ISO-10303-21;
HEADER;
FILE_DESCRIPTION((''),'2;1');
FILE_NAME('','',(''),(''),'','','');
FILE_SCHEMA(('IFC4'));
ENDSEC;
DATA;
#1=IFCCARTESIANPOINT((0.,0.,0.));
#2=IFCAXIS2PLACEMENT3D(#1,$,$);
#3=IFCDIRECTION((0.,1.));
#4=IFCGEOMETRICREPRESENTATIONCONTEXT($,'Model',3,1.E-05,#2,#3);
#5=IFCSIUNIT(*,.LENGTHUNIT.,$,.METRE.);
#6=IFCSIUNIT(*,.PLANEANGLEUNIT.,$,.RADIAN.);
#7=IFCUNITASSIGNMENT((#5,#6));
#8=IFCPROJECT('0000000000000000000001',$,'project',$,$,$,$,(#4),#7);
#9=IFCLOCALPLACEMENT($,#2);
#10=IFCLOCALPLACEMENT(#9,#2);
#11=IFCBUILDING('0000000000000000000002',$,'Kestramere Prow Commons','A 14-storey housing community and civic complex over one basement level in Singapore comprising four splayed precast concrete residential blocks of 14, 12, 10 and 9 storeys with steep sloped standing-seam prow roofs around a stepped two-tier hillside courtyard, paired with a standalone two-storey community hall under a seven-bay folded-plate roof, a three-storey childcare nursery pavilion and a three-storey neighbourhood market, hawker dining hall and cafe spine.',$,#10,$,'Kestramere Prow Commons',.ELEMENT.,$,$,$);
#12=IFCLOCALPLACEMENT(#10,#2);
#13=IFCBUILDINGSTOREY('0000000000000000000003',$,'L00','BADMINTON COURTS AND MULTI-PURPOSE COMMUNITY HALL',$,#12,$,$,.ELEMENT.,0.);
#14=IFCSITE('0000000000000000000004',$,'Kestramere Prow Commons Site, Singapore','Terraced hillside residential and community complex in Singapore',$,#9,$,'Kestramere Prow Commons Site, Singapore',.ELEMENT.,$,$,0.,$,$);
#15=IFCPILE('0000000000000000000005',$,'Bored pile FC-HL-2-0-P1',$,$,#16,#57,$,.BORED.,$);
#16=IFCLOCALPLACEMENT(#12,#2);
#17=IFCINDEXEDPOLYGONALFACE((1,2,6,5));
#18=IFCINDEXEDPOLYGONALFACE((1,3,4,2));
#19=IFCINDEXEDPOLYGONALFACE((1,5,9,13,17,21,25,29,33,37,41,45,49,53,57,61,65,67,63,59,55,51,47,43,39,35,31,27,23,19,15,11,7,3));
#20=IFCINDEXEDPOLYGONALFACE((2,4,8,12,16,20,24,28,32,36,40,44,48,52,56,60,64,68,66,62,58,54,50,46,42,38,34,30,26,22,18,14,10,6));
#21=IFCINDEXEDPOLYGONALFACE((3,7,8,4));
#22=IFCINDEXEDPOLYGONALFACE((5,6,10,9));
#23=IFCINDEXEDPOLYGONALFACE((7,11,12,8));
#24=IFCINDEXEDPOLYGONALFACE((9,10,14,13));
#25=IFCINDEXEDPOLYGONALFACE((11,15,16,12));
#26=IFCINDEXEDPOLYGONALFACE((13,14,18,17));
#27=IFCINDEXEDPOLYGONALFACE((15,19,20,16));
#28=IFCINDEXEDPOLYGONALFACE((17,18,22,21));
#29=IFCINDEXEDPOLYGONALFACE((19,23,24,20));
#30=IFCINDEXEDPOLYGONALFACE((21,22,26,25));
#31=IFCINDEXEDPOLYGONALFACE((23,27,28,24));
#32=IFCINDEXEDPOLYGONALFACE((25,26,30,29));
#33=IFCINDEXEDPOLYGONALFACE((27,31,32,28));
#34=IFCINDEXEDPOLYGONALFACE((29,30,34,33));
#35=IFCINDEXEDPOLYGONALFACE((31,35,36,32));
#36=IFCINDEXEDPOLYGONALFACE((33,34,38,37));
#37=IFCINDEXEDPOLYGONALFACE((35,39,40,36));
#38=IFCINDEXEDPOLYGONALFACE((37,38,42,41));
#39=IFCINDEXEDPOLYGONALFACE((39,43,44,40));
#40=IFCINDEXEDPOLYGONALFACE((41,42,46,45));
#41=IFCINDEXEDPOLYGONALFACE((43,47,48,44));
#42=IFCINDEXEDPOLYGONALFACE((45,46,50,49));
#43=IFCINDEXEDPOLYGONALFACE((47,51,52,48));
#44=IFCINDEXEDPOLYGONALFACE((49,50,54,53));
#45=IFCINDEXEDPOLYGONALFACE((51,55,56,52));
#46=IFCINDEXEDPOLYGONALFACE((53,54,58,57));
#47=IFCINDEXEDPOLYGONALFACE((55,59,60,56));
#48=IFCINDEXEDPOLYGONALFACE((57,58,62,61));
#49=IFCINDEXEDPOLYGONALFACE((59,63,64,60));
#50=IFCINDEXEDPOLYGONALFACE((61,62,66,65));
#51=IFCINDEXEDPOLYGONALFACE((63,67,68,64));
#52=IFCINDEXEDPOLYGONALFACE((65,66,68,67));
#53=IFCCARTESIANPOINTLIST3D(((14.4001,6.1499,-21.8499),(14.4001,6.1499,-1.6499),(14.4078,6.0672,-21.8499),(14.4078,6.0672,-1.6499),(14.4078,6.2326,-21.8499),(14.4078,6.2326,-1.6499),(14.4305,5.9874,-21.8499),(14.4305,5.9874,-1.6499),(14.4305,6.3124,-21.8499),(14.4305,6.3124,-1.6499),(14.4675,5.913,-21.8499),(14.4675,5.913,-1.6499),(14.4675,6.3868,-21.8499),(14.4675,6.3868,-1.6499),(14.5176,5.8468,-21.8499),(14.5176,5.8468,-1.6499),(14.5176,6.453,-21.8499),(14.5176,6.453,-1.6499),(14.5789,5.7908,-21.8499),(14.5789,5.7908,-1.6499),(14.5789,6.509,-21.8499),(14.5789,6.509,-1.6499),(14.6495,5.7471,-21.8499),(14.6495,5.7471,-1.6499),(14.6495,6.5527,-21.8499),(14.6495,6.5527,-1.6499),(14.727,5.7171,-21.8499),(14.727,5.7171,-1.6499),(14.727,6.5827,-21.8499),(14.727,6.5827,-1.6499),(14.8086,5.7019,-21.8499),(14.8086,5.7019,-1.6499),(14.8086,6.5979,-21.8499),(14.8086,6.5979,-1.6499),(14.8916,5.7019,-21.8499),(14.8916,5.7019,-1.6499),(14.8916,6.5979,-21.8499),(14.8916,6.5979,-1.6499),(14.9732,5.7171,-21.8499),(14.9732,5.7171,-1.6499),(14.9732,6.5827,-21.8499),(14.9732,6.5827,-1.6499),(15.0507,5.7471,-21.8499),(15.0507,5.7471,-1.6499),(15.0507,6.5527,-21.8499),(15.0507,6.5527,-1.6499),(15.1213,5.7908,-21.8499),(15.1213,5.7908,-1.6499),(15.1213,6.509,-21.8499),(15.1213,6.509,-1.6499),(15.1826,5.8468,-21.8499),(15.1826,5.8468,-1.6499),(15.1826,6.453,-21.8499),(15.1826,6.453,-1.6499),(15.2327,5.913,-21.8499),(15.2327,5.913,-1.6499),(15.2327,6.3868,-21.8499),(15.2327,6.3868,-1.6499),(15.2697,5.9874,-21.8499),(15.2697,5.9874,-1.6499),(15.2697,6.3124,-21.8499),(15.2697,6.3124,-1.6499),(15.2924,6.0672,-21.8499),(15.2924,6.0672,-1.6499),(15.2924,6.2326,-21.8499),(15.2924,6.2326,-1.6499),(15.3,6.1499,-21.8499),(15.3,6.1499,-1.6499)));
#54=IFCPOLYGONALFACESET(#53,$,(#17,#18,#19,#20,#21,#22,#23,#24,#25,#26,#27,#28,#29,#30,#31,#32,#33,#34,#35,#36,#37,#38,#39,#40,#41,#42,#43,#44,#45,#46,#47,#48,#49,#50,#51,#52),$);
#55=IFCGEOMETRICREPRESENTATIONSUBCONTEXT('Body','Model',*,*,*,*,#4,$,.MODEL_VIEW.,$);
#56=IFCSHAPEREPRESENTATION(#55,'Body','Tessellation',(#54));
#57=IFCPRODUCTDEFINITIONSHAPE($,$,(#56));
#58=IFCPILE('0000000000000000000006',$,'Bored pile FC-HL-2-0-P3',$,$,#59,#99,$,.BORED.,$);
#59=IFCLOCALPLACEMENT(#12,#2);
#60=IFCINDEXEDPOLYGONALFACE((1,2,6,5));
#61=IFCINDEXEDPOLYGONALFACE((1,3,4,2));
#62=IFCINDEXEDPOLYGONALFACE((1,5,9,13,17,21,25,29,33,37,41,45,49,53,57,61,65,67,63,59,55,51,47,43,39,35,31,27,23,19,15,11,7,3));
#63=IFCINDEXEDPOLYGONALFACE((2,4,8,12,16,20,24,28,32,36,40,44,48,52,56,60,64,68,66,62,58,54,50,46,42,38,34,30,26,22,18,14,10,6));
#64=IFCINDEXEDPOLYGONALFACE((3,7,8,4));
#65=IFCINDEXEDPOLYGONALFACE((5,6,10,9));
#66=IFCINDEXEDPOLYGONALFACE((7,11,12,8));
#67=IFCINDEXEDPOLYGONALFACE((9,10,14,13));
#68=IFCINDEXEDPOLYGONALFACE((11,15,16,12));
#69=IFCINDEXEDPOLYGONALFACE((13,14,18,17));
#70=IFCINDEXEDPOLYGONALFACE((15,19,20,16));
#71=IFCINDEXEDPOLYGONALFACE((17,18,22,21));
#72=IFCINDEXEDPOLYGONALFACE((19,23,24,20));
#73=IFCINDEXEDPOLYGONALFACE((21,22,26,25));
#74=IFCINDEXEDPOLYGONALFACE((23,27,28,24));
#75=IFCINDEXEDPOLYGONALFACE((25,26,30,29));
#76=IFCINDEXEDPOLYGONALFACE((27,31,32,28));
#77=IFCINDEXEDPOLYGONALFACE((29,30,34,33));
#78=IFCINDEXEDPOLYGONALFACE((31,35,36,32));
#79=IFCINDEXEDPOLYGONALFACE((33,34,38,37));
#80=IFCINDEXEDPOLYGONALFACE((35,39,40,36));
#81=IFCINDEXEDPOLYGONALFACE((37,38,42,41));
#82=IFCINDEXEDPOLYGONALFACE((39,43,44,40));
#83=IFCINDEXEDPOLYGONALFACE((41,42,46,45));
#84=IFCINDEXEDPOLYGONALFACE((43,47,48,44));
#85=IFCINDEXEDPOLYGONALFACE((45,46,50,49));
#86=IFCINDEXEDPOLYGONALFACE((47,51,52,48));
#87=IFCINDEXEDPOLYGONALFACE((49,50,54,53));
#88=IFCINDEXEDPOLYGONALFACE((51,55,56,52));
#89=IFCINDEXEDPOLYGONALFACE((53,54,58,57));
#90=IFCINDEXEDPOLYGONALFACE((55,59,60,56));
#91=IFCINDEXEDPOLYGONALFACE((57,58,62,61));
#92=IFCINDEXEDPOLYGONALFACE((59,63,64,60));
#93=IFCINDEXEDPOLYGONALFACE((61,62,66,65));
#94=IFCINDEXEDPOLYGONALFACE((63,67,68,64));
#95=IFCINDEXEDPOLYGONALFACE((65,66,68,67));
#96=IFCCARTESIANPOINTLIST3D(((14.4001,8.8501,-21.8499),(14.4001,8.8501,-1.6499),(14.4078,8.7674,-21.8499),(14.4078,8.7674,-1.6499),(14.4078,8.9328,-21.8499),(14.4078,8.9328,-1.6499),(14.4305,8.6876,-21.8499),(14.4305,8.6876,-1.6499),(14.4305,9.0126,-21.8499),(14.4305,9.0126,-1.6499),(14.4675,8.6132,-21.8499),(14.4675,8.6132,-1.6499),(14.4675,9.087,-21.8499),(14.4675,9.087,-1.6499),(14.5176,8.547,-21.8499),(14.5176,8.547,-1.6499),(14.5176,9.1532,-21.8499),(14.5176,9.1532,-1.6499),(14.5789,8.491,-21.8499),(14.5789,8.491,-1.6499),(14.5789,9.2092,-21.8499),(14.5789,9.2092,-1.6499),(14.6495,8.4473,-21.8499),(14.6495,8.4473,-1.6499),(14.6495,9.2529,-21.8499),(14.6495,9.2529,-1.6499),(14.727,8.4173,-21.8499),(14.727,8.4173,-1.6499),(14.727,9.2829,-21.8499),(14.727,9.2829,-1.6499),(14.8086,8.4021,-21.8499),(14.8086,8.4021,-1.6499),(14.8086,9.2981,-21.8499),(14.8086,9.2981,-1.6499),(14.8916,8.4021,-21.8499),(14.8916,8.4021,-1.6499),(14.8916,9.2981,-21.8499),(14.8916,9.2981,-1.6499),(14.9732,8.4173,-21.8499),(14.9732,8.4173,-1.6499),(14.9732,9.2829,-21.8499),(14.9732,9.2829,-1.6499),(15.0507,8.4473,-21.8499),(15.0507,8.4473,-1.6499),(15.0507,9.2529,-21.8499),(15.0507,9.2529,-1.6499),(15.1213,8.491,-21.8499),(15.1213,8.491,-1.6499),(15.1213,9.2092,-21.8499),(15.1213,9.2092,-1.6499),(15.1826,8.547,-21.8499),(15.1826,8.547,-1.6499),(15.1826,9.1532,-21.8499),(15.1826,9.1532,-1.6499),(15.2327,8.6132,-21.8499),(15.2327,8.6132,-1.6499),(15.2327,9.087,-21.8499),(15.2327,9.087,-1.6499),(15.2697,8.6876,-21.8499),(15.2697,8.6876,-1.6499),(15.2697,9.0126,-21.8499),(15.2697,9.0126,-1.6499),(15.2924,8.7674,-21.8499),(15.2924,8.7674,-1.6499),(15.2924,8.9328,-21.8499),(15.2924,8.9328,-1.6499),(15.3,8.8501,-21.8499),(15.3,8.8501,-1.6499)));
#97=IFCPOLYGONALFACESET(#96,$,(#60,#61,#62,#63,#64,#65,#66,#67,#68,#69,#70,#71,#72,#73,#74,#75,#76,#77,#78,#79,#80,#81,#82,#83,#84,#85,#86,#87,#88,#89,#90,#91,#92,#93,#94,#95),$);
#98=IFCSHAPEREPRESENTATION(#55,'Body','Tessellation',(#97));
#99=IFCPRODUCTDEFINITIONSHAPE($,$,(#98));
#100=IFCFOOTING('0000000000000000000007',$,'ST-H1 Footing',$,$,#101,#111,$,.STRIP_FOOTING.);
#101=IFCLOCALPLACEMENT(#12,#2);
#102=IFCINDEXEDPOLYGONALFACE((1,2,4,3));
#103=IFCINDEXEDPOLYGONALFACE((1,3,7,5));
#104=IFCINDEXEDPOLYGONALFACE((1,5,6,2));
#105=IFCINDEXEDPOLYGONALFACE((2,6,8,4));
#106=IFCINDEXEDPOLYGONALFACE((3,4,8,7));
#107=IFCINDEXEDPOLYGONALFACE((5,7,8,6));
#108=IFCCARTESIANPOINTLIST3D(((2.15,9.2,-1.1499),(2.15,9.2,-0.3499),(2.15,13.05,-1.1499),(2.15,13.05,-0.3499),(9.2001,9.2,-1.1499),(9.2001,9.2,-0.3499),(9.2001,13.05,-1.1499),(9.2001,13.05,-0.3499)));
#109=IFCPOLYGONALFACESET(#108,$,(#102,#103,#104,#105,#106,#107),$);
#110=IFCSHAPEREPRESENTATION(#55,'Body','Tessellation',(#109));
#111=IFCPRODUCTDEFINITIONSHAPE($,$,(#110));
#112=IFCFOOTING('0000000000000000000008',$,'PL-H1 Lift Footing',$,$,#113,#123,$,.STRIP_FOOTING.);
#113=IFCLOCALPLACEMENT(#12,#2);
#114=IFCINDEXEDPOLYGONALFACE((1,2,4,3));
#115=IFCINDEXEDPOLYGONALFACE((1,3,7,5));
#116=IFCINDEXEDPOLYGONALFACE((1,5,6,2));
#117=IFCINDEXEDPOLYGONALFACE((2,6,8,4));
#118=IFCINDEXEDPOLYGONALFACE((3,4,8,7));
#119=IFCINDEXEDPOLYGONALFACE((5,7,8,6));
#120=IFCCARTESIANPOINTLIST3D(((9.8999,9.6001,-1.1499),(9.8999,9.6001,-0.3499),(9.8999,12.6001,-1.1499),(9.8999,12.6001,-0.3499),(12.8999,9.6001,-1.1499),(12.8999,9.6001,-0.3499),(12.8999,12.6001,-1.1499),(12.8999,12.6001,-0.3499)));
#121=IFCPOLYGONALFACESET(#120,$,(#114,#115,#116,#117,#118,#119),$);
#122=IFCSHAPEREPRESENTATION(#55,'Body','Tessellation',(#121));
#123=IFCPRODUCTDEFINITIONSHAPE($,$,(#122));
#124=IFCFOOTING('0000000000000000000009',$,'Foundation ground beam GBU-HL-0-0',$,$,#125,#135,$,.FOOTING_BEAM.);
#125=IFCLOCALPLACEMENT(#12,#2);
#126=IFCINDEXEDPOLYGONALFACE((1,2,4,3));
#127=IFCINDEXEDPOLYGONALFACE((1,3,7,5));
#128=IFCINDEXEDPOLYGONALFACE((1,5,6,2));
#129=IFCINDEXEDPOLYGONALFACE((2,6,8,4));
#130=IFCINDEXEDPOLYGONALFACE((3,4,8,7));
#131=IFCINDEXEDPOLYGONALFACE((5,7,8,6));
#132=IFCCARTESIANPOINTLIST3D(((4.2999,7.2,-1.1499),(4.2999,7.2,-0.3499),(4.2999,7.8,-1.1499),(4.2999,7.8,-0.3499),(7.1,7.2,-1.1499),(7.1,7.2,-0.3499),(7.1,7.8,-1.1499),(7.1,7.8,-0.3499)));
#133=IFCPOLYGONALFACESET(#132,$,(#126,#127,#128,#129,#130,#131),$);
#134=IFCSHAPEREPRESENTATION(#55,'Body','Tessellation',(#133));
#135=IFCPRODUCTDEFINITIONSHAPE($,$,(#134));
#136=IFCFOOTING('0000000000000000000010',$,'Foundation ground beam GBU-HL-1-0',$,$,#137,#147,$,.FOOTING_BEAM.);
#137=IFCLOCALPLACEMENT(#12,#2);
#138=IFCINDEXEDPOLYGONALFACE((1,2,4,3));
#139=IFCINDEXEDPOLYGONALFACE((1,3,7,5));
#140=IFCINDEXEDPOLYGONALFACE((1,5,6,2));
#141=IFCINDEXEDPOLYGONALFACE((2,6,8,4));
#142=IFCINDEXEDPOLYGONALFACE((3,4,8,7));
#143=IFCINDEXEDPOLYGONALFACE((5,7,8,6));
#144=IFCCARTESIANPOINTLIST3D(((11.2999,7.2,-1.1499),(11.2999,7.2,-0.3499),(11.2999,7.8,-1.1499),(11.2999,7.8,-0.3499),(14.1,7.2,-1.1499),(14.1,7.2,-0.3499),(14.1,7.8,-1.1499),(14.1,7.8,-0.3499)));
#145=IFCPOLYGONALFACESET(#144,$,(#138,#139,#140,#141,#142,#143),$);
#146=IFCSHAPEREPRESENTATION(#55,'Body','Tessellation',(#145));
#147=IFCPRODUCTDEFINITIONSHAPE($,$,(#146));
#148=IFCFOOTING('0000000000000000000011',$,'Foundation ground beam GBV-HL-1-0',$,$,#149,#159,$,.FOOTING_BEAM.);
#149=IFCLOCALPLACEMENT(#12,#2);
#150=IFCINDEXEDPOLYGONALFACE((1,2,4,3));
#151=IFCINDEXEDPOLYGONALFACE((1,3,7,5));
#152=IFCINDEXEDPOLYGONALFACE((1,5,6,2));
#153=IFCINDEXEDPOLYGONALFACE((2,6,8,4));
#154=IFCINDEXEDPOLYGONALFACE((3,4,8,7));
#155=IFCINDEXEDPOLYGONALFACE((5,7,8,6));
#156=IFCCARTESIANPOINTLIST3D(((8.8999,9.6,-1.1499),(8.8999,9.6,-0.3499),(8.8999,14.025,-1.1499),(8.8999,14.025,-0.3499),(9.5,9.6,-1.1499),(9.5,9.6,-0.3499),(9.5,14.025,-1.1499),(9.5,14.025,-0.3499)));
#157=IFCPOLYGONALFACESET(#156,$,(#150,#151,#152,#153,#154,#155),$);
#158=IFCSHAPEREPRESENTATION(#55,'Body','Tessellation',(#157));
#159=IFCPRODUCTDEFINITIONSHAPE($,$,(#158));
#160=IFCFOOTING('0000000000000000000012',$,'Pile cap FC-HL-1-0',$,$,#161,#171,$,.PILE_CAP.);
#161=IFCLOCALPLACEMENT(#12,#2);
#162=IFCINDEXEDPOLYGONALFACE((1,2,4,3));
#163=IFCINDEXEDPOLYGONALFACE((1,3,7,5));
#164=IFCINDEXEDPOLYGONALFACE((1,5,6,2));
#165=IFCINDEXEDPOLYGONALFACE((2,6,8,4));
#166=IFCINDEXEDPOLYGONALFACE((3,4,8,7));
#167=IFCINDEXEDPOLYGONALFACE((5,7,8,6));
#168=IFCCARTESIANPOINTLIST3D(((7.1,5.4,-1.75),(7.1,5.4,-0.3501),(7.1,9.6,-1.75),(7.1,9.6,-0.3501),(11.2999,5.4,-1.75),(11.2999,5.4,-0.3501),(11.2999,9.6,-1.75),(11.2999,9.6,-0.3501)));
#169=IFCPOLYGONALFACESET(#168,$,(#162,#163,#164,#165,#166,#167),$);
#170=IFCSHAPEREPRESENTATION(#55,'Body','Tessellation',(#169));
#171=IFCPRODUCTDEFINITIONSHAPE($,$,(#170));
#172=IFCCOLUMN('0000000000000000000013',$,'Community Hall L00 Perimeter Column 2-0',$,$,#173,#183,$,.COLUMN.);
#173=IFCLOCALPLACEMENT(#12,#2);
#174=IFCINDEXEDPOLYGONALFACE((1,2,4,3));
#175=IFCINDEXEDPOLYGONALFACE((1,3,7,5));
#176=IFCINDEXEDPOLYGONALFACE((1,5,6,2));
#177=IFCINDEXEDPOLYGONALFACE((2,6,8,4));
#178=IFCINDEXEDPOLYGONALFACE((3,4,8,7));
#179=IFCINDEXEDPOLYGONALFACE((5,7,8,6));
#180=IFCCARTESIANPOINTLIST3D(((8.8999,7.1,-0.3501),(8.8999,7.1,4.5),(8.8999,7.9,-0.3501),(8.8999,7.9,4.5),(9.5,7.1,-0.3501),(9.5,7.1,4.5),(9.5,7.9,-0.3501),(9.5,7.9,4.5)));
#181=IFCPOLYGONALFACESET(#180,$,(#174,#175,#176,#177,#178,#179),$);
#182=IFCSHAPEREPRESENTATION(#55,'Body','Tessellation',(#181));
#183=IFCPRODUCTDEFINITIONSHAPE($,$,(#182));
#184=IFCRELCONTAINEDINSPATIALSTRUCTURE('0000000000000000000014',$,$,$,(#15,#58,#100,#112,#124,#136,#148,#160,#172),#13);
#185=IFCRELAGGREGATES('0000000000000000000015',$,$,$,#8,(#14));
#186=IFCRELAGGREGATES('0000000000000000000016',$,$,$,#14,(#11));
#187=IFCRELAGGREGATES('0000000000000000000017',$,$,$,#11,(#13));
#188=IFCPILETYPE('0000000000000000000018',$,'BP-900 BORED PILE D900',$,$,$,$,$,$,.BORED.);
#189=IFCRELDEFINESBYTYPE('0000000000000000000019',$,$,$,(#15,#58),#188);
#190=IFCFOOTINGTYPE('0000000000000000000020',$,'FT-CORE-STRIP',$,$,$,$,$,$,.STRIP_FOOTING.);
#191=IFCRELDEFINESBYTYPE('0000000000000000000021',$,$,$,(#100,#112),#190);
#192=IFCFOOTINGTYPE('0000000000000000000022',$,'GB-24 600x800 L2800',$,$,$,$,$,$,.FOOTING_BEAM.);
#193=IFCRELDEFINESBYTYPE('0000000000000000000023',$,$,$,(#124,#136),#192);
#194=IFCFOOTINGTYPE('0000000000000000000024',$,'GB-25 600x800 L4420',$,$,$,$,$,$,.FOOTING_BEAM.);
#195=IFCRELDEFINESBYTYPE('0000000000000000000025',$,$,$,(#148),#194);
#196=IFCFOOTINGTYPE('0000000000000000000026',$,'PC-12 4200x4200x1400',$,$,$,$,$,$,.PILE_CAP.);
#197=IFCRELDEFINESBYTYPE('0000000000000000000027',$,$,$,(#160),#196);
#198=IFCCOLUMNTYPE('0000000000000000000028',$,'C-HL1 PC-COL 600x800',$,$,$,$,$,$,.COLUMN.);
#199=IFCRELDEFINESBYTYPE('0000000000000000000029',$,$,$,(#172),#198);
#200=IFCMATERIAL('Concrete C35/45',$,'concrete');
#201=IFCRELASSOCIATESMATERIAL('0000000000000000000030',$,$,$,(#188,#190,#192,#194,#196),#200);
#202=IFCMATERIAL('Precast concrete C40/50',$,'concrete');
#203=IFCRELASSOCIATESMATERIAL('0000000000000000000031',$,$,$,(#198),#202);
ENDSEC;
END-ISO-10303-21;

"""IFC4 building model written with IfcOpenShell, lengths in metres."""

from ifc_helpers import new_model, si_unit, direction, frame, origin, origin_2d, place, context, subcontext, project, spatial, rectangle, circle, extrude, material, material_profile, profile_set, type_object, element, save


model = new_model("IFC4")

# Units and contexts
model_context = context("Model", 3, precision=1e-05, world=origin(), true_north=direction((0.0, 1.0)))
body_context = subcontext(model_context, "Body", "Model", "MODEL_VIEW")
ifc_project = project(units=[si_unit("LENGTHUNIT", "METRE"), si_unit("PLANEANGLEUNIT", "RADIAN")], contexts=[model_context])

# Site, building, storey
site_placement = place(None, origin())
site = spatial("IfcSite", under=ifc_project, at=site_placement, Name="Kestramere Prow Commons Site, Singapore", Description="Terraced hillside residential and community complex in Singapore", LongName="Kestramere Prow Commons Site, Singapore", CompositionType="ELEMENT", RefElevation=0.0)
building_placement = place(site_placement, origin())
building = spatial("IfcBuilding", under=site, at=building_placement, Name="Kestramere Prow Commons", Description="A 14-storey housing community and civic complex over one basement level in Singapore comprising four splayed precast concrete residential blocks of 14, 12, 10 and 9 storeys with steep sloped standing-seam prow roofs around a stepped two-tier hillside courtyard, paired with a standalone two-storey community hall under a seven-bay folded-plate roof, a three-storey childcare nursery pavilion and a three-storey neighbourhood market, hawker dining hall and cafe spine.", LongName="Kestramere Prow Commons", CompositionType="ELEMENT")
storey_placement = place(building_placement, origin())
storey = spatial("IfcBuildingStorey", under=building, at=storey_placement, Name="L00", Description="BADMINTON COURTS AND MULTI-PURPOSE COMMUNITY HALL", CompositionType="ELEMENT", Elevation=0.0)

# Piles
ifc_material_1 = material(Name="Concrete C35/45", Category="concrete")
ifc_material_profile_1 = material_profile(ifc_material_1, circle(Radius=0.45, at=origin_2d()), Name="BORED PILE D900")
ifc_profile_set_1 = profile_set([ifc_material_profile_1], Name="Concrete C35/45")
pile_type = type_object("IfcPileType", Name="BP-900 BORED PILE D900", PredefinedType="BORED", material=ifc_profile_set_1)
for number, where, z_axis, x_axis, name in (
    (1, (14.8501, 6.1499, -1.6499), (0.0, 0.0, -1.0), (1.0, 0.0, 0.0), "Bored pile FC-HL-2-0-P1"),
    (2, (14.8501, 8.8501, -1.6499), (0.0, 0.0, -1.0), (1.0, 0.0, 0.0), "Bored pile FC-HL-2-0-P3"),
):
    element("IfcPile", number, at=place(storey_placement, frame(where, z_axis=z_axis, x_axis=x_axis)), inside=storey, type_object=pile_type, Name=name, PredefinedType="BORED", context=body_context, shape_type="SweptSolid", body=[
        extrude(circle(Radius=0.45, at=origin_2d()), origin(), (0.0, 0.0, 1.0), 20.2),
    ])

# Footings
footing_type_1 = type_object("IfcFootingType", Name="FT-CORE-STRIP", PredefinedType="STRIP_FOOTING", material=ifc_material_1)
footing_1_placement = place(storey_placement, frame((5.675, 11.125, -1.1499), z_axis=(0.0, 0.0, 1.0), x_axis=(1.0, 0.0, 0.0)))
element("IfcFooting", 3, at=footing_1_placement, inside=storey, type_object=footing_type_1, Name="ST-H1 Footing", PredefinedType="STRIP_FOOTING", context=body_context, shape_type="SweptSolid", body=[
    extrude(rectangle(XDim=7.05, YDim=3.8501, at=origin_2d()), origin(), (0.0, 0.0, 1.0), 0.8),
])
footing_2_placement = place(storey_placement, frame((11.3999, 11.1001, -1.1499), z_axis=(0.0, 0.0, 1.0), x_axis=(1.0, 0.0, 0.0)))
element("IfcFooting", 4, at=footing_2_placement, inside=storey, type_object=footing_type_1, Name="PL-H1 Lift Footing", PredefinedType="STRIP_FOOTING", context=body_context, shape_type="SweptSolid", body=[
    extrude(rectangle(XDim=3.0, YDim=3.0, at=origin_2d()), origin(), (0.0, 0.0, 1.0), 0.8),
])
footing_type_2 = type_object("IfcFootingType", Name="GB-24 600x800 L2800", PredefinedType="FOOTING_BEAM", material=ifc_material_1)
for number, where, z_axis, x_axis, name in (
    (5, (5.7, 7.5, -1.1499), (0.0, 0.0, 1.0), (1.0, 0.0, 0.0), "Foundation ground beam GBU-HL-0-0"),
    (6, (12.7, 7.5, -1.1499), (0.0, 0.0, 1.0), (1.0, 0.0, 0.0), "Foundation ground beam GBU-HL-1-0"),
):
    element("IfcFooting", number, at=place(storey_placement, frame(where, z_axis=z_axis, x_axis=x_axis)), inside=storey, type_object=footing_type_2, Name=name, PredefinedType="FOOTING_BEAM", context=body_context, shape_type="SweptSolid", body=[
        extrude(rectangle(XDim=2.8, YDim=0.6001, at=origin_2d()), origin(), (0.0, 0.0, 1.0), 0.8),
    ])
footing_type_3 = type_object("IfcFootingType", Name="GB-25 600x800 L4420", PredefinedType="FOOTING_BEAM", material=ifc_material_1)
footing_3_placement = place(storey_placement, frame((9.2, 11.8125, -1.1499), z_axis=(0.0, 0.0, 1.0), x_axis=(0.0, 1.0, 0.0)))
element("IfcFooting", 7, at=footing_3_placement, inside=storey, type_object=footing_type_3, Name="Foundation ground beam GBV-HL-1-0", PredefinedType="FOOTING_BEAM", context=body_context, shape_type="SweptSolid", body=[
    extrude(rectangle(XDim=4.425, YDim=0.6001, at=origin_2d()), origin(), (0.0, 0.0, 1.0), 0.8),
])
footing_type_4 = type_object("IfcFootingType", Name="PC-12 4200x4200x1400", PredefinedType="PILE_CAP", material=ifc_material_1)
footing_4_placement = place(storey_placement, frame((9.2, 7.5, -1.75), z_axis=(0.0, 0.0, 1.0), x_axis=(1.0, 0.0, 0.0)))
element("IfcFooting", 8, at=footing_4_placement, inside=storey, type_object=footing_type_4, Name="Pile cap FC-HL-1-0", PredefinedType="PILE_CAP", context=body_context, shape_type="SweptSolid", body=[
    extrude(rectangle(XDim=4.2, YDim=4.2, at=origin_2d()), origin(), (0.0, 0.0, 1.0), 1.3999),
])

# Column
ifc_material_2 = material(Name="Precast concrete C40/50", Category="concrete")
ifc_material_profile_2 = material_profile(ifc_material_2, rectangle(XDim=0.6001, YDim=0.8, at=origin_2d()), Name="PC-COL 600x800")
ifc_profile_set_2 = profile_set([ifc_material_profile_2], Name="Precast concrete C40/50")
column_type = type_object("IfcColumnType", Name="C-HL1 PC-COL 600x800", PredefinedType="COLUMN", material=ifc_profile_set_2)
column_placement = place(storey_placement, frame((9.2, 7.5, -0.3501), z_axis=(0.0, 0.0, 1.0), x_axis=(1.0, 0.0, 0.0)))
element("IfcColumn", 9, at=column_placement, inside=storey, type_object=column_type, Name="Community Hall L00 Perimeter Column 2-0", PredefinedType="COLUMN", context=body_context, shape_type="SweptSolid", body=[
    extrude(rectangle(XDim=0.6001, YDim=0.8, at=origin_2d()), origin(), (0.0, 0.0, 1.0), 4.8501),
])

save(model, "model.ifc")
